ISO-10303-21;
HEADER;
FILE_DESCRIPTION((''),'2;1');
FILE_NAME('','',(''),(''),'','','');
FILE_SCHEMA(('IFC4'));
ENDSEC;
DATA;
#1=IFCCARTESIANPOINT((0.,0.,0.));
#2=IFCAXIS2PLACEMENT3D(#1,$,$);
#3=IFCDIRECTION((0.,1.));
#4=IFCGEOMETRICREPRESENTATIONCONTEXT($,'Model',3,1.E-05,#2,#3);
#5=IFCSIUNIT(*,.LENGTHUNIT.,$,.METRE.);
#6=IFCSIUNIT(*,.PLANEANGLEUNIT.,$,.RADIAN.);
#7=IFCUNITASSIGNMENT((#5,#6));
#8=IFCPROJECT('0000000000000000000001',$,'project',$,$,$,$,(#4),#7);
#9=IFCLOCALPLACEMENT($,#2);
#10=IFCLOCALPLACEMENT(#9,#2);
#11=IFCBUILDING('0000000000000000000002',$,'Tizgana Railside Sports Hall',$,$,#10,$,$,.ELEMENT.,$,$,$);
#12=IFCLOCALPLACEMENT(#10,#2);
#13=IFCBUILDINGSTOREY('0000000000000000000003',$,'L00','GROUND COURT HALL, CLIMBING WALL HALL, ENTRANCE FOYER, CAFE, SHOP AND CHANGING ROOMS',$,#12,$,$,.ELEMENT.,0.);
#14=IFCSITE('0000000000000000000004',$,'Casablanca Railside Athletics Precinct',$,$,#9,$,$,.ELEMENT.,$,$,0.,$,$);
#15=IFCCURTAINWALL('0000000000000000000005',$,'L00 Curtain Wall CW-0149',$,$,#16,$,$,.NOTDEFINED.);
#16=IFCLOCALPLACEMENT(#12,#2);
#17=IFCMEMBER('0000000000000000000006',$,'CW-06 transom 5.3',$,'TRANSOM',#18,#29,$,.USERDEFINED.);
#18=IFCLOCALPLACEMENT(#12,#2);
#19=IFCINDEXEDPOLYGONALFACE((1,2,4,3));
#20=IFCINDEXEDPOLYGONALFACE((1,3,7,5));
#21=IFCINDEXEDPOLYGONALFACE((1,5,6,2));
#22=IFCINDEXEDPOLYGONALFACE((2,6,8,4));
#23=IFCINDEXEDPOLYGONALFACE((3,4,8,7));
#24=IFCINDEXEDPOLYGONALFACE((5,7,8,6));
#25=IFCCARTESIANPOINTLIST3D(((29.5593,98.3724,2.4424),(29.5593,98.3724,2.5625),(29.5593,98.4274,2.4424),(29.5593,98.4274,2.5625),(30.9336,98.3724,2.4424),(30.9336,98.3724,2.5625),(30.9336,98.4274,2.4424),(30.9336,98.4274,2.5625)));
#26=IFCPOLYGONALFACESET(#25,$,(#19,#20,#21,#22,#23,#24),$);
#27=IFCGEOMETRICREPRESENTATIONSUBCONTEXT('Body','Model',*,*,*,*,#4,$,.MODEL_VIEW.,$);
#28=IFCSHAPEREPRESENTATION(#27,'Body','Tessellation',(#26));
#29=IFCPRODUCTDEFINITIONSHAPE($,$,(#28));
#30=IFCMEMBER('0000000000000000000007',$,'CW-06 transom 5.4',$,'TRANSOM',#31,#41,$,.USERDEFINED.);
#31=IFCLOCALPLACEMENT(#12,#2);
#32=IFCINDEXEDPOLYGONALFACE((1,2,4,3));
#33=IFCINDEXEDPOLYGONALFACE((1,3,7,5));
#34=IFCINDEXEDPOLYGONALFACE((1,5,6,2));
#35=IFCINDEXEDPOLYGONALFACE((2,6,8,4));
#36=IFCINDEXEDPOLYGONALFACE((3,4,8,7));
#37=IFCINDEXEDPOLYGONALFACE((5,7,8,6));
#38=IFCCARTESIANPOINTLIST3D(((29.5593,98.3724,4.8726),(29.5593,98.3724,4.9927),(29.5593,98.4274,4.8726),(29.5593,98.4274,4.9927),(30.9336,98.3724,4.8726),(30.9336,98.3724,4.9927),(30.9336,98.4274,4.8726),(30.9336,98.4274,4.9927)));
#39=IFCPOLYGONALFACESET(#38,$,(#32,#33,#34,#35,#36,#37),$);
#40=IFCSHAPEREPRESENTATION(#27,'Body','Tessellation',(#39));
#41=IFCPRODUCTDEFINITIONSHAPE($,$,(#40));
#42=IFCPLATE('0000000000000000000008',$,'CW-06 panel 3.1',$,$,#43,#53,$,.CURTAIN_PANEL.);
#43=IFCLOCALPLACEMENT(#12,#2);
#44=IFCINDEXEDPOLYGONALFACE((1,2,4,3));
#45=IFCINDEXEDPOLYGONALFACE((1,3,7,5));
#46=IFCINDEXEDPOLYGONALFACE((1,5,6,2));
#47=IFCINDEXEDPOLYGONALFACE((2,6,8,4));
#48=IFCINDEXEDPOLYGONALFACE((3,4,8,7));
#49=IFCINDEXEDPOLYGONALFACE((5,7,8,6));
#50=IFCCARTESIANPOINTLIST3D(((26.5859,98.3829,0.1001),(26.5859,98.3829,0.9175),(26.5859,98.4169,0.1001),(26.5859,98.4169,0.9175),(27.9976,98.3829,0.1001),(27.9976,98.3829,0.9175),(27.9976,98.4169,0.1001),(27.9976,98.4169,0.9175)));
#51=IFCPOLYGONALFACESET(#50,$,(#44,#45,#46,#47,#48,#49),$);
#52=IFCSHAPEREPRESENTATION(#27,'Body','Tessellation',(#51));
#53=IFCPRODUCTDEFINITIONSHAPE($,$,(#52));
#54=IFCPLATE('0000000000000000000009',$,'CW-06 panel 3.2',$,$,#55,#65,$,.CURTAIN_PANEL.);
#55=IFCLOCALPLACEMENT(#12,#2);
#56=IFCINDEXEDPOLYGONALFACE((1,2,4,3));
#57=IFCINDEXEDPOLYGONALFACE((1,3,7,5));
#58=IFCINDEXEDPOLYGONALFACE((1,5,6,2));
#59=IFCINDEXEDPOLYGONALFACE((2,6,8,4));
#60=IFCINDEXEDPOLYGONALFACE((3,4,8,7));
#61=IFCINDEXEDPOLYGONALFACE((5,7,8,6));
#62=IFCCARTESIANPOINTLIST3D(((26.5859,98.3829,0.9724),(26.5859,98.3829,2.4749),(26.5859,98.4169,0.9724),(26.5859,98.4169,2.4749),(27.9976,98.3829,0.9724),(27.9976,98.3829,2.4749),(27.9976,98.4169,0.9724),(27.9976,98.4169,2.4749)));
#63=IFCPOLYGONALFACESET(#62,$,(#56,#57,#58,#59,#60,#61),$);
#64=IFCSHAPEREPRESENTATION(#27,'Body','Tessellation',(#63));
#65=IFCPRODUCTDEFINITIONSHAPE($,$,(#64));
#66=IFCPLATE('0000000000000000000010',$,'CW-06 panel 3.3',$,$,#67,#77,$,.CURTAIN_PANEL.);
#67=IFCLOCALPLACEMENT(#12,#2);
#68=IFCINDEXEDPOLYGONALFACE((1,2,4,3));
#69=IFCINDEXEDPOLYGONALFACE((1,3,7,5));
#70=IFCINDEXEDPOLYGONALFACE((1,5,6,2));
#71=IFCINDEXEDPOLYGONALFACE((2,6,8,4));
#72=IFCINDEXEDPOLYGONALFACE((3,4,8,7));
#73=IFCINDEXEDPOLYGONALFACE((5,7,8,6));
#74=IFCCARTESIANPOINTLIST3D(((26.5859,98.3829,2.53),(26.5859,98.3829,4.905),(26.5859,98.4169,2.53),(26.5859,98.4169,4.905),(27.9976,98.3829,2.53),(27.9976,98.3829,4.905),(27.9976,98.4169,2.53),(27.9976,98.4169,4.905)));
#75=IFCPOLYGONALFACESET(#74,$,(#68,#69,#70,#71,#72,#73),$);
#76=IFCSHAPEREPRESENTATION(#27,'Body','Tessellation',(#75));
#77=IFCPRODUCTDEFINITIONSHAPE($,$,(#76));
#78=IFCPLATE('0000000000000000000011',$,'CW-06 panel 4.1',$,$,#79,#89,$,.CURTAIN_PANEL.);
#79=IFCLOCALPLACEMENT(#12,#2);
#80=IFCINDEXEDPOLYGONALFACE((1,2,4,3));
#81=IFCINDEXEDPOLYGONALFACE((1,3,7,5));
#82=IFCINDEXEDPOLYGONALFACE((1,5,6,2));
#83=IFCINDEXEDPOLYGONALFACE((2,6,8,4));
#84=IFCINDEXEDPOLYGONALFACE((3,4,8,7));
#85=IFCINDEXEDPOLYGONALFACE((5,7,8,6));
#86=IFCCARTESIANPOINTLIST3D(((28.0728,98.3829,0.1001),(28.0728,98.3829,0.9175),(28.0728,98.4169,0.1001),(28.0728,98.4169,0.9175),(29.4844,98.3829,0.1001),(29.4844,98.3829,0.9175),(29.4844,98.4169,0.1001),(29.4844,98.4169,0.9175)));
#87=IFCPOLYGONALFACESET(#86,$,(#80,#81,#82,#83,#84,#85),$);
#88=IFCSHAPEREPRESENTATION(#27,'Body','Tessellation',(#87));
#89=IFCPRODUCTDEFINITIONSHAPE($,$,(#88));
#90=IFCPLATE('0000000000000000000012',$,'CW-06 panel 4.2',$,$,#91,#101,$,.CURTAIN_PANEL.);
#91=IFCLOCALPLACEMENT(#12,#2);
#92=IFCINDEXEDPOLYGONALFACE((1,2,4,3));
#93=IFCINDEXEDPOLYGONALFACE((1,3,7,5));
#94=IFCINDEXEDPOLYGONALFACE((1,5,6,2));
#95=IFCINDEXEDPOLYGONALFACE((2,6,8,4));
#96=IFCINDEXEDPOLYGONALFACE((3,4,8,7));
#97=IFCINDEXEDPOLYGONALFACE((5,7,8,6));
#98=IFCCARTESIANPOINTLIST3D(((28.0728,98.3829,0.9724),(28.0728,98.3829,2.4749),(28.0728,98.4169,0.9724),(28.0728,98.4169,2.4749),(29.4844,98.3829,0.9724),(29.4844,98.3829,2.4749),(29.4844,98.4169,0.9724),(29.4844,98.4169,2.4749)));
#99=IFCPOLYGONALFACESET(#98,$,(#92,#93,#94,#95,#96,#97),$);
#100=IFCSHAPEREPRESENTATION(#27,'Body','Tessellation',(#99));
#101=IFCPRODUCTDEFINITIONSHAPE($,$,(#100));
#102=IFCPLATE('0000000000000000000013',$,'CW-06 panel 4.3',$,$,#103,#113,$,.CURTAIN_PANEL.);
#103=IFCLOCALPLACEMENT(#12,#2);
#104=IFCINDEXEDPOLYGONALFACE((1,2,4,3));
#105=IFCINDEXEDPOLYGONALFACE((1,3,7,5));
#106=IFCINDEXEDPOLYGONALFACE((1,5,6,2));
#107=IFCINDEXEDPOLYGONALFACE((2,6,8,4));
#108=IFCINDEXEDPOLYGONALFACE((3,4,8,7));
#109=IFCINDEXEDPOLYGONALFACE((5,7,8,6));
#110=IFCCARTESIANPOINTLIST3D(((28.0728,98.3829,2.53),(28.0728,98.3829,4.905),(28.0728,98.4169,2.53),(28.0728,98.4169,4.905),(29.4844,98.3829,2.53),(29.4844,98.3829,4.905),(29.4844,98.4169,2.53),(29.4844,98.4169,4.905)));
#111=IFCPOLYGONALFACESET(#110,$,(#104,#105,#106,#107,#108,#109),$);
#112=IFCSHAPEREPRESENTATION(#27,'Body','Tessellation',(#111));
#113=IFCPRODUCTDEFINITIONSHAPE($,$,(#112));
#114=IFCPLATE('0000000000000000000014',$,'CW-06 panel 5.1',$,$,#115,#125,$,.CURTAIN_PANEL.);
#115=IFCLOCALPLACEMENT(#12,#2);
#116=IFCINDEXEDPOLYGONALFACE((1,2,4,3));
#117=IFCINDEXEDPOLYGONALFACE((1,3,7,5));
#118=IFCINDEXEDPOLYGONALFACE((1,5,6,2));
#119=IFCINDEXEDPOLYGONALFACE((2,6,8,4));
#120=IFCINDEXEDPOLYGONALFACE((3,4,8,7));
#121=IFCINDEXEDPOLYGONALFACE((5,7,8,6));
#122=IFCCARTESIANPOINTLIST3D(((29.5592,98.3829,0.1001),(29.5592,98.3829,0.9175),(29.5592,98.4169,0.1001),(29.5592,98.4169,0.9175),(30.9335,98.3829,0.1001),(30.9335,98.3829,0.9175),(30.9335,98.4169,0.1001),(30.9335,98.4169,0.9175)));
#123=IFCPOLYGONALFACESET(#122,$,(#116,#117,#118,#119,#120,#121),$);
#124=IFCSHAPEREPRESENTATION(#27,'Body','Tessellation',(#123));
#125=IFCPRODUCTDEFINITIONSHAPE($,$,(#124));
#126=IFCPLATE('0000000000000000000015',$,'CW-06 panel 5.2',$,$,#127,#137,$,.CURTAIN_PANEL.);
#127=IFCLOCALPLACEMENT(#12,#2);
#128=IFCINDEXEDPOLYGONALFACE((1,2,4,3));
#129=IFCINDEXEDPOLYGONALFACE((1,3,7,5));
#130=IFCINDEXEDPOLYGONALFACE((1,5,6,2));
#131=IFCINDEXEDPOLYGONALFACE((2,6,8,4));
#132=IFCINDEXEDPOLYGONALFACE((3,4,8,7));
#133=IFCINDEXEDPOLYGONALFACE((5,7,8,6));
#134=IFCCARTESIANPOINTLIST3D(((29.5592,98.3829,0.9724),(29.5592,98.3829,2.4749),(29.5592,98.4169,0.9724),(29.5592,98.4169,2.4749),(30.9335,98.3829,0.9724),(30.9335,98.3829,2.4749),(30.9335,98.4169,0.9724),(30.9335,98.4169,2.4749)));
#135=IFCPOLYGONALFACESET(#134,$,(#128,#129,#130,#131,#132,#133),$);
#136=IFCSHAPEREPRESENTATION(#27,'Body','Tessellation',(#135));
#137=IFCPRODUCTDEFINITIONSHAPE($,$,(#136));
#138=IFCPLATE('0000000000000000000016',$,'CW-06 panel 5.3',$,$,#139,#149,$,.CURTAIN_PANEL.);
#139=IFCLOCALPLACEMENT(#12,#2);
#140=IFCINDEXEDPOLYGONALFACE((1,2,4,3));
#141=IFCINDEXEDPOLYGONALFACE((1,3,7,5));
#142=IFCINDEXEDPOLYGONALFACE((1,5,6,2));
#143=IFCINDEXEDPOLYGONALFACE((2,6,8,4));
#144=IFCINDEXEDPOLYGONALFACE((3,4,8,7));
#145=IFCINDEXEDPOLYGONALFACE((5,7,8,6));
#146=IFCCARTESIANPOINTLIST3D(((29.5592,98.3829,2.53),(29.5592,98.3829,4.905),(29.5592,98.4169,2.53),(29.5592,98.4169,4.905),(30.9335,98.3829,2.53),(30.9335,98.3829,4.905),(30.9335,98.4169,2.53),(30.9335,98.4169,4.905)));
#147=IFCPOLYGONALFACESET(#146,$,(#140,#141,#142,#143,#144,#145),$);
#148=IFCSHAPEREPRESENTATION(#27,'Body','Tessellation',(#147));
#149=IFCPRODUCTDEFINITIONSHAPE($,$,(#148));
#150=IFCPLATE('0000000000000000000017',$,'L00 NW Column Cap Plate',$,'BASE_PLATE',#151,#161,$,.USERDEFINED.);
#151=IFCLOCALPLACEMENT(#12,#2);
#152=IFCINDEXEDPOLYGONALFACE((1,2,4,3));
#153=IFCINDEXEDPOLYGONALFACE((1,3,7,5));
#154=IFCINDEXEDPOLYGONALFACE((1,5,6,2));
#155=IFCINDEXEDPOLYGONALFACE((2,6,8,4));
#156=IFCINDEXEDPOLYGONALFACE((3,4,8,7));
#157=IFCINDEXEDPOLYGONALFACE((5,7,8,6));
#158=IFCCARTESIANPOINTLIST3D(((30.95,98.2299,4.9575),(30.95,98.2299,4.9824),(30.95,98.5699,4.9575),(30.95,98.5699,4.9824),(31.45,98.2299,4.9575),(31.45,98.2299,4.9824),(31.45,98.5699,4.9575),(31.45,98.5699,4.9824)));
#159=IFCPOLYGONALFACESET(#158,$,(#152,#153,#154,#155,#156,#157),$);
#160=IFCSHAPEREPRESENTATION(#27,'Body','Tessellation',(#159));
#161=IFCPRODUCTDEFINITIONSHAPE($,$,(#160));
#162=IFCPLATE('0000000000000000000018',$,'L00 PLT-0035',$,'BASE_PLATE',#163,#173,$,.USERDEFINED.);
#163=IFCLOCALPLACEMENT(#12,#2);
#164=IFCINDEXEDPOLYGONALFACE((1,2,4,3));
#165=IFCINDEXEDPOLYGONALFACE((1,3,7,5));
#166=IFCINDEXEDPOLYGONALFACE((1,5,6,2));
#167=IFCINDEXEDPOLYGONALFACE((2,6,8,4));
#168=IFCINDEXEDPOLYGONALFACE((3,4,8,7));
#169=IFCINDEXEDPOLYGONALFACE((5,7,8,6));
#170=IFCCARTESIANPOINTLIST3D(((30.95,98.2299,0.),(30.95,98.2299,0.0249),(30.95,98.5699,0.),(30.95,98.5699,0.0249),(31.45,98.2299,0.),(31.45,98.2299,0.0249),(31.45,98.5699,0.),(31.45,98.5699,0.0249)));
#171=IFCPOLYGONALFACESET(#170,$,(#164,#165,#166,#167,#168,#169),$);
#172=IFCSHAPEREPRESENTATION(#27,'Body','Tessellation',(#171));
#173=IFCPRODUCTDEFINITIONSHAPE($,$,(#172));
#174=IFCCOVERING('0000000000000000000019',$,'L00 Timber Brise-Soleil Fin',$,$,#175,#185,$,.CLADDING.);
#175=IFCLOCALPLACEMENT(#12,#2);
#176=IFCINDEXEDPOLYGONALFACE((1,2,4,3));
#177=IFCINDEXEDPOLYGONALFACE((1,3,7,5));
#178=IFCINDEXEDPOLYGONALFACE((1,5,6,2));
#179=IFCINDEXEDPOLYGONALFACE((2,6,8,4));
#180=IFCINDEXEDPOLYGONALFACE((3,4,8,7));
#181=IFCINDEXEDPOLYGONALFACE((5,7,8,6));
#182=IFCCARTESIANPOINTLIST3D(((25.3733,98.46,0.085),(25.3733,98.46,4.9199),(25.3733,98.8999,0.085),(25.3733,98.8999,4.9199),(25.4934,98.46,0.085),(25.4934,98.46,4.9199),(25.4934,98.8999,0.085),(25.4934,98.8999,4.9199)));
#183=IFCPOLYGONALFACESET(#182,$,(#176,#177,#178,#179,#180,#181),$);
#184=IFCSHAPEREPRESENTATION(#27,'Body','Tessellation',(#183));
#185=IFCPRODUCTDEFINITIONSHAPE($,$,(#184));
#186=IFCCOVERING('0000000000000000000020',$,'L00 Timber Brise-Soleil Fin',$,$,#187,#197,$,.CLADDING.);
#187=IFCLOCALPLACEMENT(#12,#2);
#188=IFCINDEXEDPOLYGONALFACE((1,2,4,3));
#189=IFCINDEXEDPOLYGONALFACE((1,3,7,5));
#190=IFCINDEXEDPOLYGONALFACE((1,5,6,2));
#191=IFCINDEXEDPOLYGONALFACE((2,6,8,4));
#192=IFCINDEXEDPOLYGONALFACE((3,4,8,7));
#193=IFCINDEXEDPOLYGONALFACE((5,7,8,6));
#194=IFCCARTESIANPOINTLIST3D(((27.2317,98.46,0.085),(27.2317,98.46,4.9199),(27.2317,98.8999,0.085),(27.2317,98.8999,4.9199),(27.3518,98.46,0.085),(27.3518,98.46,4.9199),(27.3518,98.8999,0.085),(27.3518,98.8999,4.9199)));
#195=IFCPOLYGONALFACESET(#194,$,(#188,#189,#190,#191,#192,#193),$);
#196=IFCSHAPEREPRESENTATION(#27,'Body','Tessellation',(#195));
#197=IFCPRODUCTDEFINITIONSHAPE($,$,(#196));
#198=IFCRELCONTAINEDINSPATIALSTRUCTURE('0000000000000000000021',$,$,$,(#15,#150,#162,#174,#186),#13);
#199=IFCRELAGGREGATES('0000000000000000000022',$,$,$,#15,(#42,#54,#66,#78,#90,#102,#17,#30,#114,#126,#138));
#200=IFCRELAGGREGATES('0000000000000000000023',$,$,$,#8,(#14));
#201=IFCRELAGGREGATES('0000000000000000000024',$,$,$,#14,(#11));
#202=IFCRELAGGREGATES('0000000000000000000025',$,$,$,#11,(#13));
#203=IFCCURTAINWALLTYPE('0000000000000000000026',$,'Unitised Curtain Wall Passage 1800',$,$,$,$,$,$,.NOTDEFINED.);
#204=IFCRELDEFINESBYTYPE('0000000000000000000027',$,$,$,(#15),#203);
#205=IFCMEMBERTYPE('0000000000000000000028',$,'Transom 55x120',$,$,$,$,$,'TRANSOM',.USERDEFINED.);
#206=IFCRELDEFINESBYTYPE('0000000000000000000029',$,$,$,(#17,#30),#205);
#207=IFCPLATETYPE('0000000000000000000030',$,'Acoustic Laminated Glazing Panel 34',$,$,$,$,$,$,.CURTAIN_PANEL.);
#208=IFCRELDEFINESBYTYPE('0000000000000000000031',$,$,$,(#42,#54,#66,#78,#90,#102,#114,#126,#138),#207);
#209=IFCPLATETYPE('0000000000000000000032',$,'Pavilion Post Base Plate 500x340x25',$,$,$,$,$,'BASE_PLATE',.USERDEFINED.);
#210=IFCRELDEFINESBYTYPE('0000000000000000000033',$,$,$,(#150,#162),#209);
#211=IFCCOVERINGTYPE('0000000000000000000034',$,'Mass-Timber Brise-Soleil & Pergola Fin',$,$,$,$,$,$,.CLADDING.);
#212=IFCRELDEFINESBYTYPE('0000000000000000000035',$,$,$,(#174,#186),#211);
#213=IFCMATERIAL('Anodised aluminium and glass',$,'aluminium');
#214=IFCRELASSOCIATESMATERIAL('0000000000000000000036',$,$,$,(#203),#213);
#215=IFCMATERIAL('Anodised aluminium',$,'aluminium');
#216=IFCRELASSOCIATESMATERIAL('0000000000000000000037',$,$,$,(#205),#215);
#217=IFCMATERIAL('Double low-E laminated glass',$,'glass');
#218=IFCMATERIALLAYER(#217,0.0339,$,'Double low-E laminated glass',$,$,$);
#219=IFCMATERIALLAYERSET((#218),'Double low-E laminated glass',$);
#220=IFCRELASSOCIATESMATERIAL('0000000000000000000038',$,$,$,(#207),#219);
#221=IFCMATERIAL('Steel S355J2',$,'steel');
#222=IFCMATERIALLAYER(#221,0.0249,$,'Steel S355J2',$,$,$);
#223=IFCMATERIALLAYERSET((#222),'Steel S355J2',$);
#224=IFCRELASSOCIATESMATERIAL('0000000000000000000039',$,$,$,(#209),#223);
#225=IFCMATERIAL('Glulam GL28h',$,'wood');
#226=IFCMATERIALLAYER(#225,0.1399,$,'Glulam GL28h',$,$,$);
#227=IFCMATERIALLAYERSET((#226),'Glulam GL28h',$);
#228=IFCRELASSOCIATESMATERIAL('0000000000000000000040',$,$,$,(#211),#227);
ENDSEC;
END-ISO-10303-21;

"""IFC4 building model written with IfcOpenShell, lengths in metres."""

from ifc_helpers import new_model, si_unit, direction, frame, origin, origin_2d, place, context, subcontext, project, spatial, rectangle, extrude, material, layer, layer_set, material_profile, profile_set, type_object, element, aggregate, save


model = new_model("IFC4")

# Units and contexts
model_context = context("Model", 3, precision=1e-05, world=origin(), true_north=direction((0.0, 1.0)))
body_context = subcontext(model_context, "Body", "Model", "MODEL_VIEW")
ifc_project = project(units=[si_unit("LENGTHUNIT", "METRE"), si_unit("PLANEANGLEUNIT", "RADIAN")], contexts=[model_context])

# Site, building, storey
site_placement = place(None, origin())
site = spatial("IfcSite", under=ifc_project, at=site_placement, Name="Casablanca Railside Athletics Precinct", CompositionType="ELEMENT", RefElevation=0.0)
building_placement = place(site_placement, origin())
building = spatial("IfcBuilding", under=site, at=building_placement, Name="Tizgana Railside Sports Hall", CompositionType="ELEMENT")
storey_placement = place(building_placement, origin())
storey = spatial("IfcBuildingStorey", under=building, at=storey_placement, Name="L00", Description="GROUND COURT HALL, CLIMBING WALL HALL, ENTRANCE FOYER, CAFE, SHOP AND CHANGING ROOMS", CompositionType="ELEMENT", Elevation=0.0)

# Shared definitions
ifc_material_1 = material(Name="Steel S355J2", Category="steel")

# Curtain wall, members, plates
ifc_material_2 = material(Name="Anodised aluminium and glass", Category="aluminium")
curtain_wall_type = type_object("IfcCurtainWallType", Name="Unitised Curtain Wall Passage 1800", PredefinedType="NOTDEFINED", material=ifc_material_2)
curtain_wall_placement = place(storey_placement, origin())
curtain_wall = element("IfcCurtainWall", 1, at=curtain_wall_placement, inside=storey, type_object=curtain_wall_type, Name="L00 Curtain Wall CW-0149", PredefinedType="NOTDEFINED")
ifc_material_3 = material(Name="Anodised aluminium", Category="aluminium")
ifc_material_profile_1 = material_profile(ifc_material_3, rectangle(XDim=0.0549, YDim=0.1201, at=origin_2d()), Name="Transom 55x120")
ifc_profile_set_1 = profile_set([ifc_material_profile_1], Name="Anodised aluminium")
member_type_1 = type_object("IfcMemberType", Name="Transom 55x120", ElementType="TRANSOM", PredefinedType="USERDEFINED", material=ifc_profile_set_1)
member_1_placement = place(storey_placement, frame((29.5593, 98.3999, 2.5024), z_axis=(1.0, 0.0, 0.0), x_axis=(0.0, 1.0, 0.0)))
member_1 = element("IfcMember", 2, at=member_1_placement, type_object=member_type_1, Name="CW-06 transom 5.3", ObjectType="TRANSOM", PredefinedType="USERDEFINED", context=body_context, shape_type="SweptSolid", body=[
    extrude(rectangle(XDim=0.0549, YDim=0.1201, at=origin_2d()), origin(), (0.0, 0.0, 1.0), 1.3743),
])
member_2_placement = place(storey_placement, frame((29.5593, 98.3999, 4.9326), z_axis=(1.0, 0.0, 0.0), x_axis=(0.0, 1.0, 0.0)))
member_2 = element("IfcMember", 3, at=member_2_placement, type_object=member_type_1, Name="CW-06 transom 5.4", ObjectType="TRANSOM", PredefinedType="USERDEFINED", context=body_context, shape_type="SweptSolid", body=[
    extrude(rectangle(XDim=0.0549, YDim=0.1201, at=origin_2d()), origin(), (0.0, 0.0, 1.0), 1.3743),
])
ifc_material_4 = material(Name="Double low-E laminated glass", Category="glass")
ifc_layer_1 = layer(ifc_material_4, 0.0339, Name="Double low-E laminated glass")
ifc_layer_set_1 = layer_set([ifc_layer_1], Name="Double low-E laminated glass")
plate_type_1 = type_object("IfcPlateType", Name="Acoustic Laminated Glazing Panel 34", PredefinedType="CURTAIN_PANEL", material=ifc_layer_set_1)
plate_1_placement = place(storey_placement, frame((27.2917, 98.3999, 0.1001), z_axis=(0.0, 0.0, 1.0), x_axis=(1.0, 0.0, 0.0)))
plate_1 = element("IfcPlate", 4, at=plate_1_placement, type_object=plate_type_1, Name="CW-06 panel 3.1", PredefinedType="CURTAIN_PANEL", context=body_context, shape_type="SweptSolid", body=[
    extrude(rectangle(XDim=1.4116, YDim=0.0339, at=origin_2d()), origin(), (0.0, 0.0, 1.0), 0.8174),
])
plate_2_placement = place(storey_placement, frame((27.2917, 98.3999, 0.9724), z_axis=(0.0, 0.0, 1.0), x_axis=(1.0, 0.0, 0.0)))
plate_2 = element("IfcPlate", 5, at=plate_2_placement, type_object=plate_type_1, Name="CW-06 panel 3.2", PredefinedType="CURTAIN_PANEL", context=body_context, shape_type="SweptSolid", body=[
    extrude(rectangle(XDim=1.4116, YDim=0.0339, at=origin_2d()), origin(), (0.0, 0.0, 1.0), 1.5024),
])
plate_3_placement = place(storey_placement, frame((27.2917, 98.3999, 2.53), z_axis=(0.0, 0.0, 1.0), x_axis=(1.0, 0.0, 0.0)))
plate_3 = element("IfcPlate", 6, at=plate_3_placement, type_object=plate_type_1, Name="CW-06 panel 3.3", PredefinedType="CURTAIN_PANEL", context=body_context, shape_type="SweptSolid", body=[
    extrude(rectangle(XDim=1.4116, YDim=0.0339, at=origin_2d()), origin(), (0.0, 0.0, 1.0), 2.375),
])
plate_4_placement = place(storey_placement, frame((28.7786, 98.3999, 0.1001), z_axis=(0.0, 0.0, 1.0), x_axis=(1.0, 0.0, 0.0)))
plate_4 = element("IfcPlate", 7, at=plate_4_placement, type_object=plate_type_1, Name="CW-06 panel 4.1", PredefinedType="CURTAIN_PANEL", context=body_context, shape_type="SweptSolid", body=[
    extrude(rectangle(XDim=1.4116, YDim=0.0339, at=origin_2d()), origin(), (0.0, 0.0, 1.0), 0.8174),
])
plate_5_placement = place(storey_placement, frame((28.7786, 98.3999, 0.9724), z_axis=(0.0, 0.0, 1.0), x_axis=(1.0, 0.0, 0.0)))
plate_5 = element("IfcPlate", 8, at=plate_5_placement, type_object=plate_type_1, Name="CW-06 panel 4.2", PredefinedType="CURTAIN_PANEL", context=body_context, shape_type="SweptSolid", body=[
    extrude(rectangle(XDim=1.4116, YDim=0.0339, at=origin_2d()), origin(), (0.0, 0.0, 1.0), 1.5024),
])
plate_6_placement = place(storey_placement, frame((28.7786, 98.3999, 2.53), z_axis=(0.0, 0.0, 1.0), x_axis=(1.0, 0.0, 0.0)))
plate_6 = element("IfcPlate", 9, at=plate_6_placement, type_object=plate_type_1, Name="CW-06 panel 4.3", PredefinedType="CURTAIN_PANEL", context=body_context, shape_type="SweptSolid", body=[
    extrude(rectangle(XDim=1.4116, YDim=0.0339, at=origin_2d()), origin(), (0.0, 0.0, 1.0), 2.375),
])
plate_7_placement = place(storey_placement, frame((30.2463, 98.3999, 0.1001), z_axis=(0.0, 0.0, 1.0), x_axis=(1.0, 0.0, 0.0)))
plate_7 = element("IfcPlate", 10, at=plate_7_placement, type_object=plate_type_1, Name="CW-06 panel 5.1", PredefinedType="CURTAIN_PANEL", context=body_context, shape_type="SweptSolid", body=[
    extrude(rectangle(XDim=1.3743, YDim=0.0339, at=origin_2d()), origin(), (0.0, 0.0, 1.0), 0.8174),
])
plate_8_placement = place(storey_placement, frame((30.2463, 98.3999, 0.9724), z_axis=(0.0, 0.0, 1.0), x_axis=(1.0, 0.0, 0.0)))
plate_8 = element("IfcPlate", 11, at=plate_8_placement, type_object=plate_type_1, Name="CW-06 panel 5.2", PredefinedType="CURTAIN_PANEL", context=body_context, shape_type="SweptSolid", body=[
    extrude(rectangle(XDim=1.3743, YDim=0.0339, at=origin_2d()), origin(), (0.0, 0.0, 1.0), 1.5024),
])
plate_9_placement = place(storey_placement, frame((30.2463, 98.3999, 2.53), z_axis=(0.0, 0.0, 1.0), x_axis=(1.0, 0.0, 0.0)))
plate_9 = element("IfcPlate", 12, at=plate_9_placement, type_object=plate_type_1, Name="CW-06 panel 5.3", PredefinedType="CURTAIN_PANEL", context=body_context, shape_type="SweptSolid", body=[
    extrude(rectangle(XDim=1.3743, YDim=0.0339, at=origin_2d()), origin(), (0.0, 0.0, 1.0), 2.375),
])
aggregate(curtain_wall, [plate_1, plate_2, plate_3, plate_4, plate_5, plate_6, member_1, member_2, plate_7, plate_8, plate_9])

# Plates
ifc_layer_2 = layer(ifc_material_1, 0.0249, Name="Steel S355J2")
ifc_layer_set_2 = layer_set([ifc_layer_2], Name="Steel S355J2")
plate_type_2 = type_object("IfcPlateType", Name="Pavilion Post Base Plate 500x340x25", ElementType="BASE_PLATE", PredefinedType="USERDEFINED", material=ifc_layer_set_2)
for number, where, z_axis, x_axis, name in (
    (13, (31.2, 98.3999, 4.9575), (0.0, 0.0, 1.0), (1.0, 0.0, 0.0), "L00 NW Column Cap Plate"),
    (14, (31.2, 98.3999, 0.0), (0.0, 0.0, 1.0), (1.0, 0.0, 0.0), "L00 PLT-0035"),
):
    element("IfcPlate", number, at=place(storey_placement, frame(where, z_axis=z_axis, x_axis=x_axis)), inside=storey, type_object=plate_type_2, Name=name, ObjectType="BASE_PLATE", PredefinedType="USERDEFINED", context=body_context, shape_type="SweptSolid", body=[
        extrude(rectangle(XDim=0.5, YDim=0.3401, at=origin_2d()), origin(), (0.0, 0.0, 1.0), 0.0249),
    ])

# Coverings
ifc_material_5 = material(Name="Glulam GL28h", Category="wood")
ifc_layer_3 = layer(ifc_material_5, 0.1399, Name="Glulam GL28h")
ifc_layer_set_3 = layer_set([ifc_layer_3], Name="Glulam GL28h")
covering_type = type_object("IfcCoveringType", Name="Mass-Timber Brise-Soleil & Pergola Fin", PredefinedType="CLADDING", material=ifc_layer_set_3)
for number, where, z_axis, x_axis, name in (
    (15, (25.4333, 98.6799, 0.085), (0.0, 0.0, 1.0), (1.0, 0.0, 0.0), "L00 Timber Brise-Soleil Fin"),
    (16, (27.2917, 98.6799, 0.085), (0.0, 0.0, 1.0), (1.0, 0.0, 0.0), "L00 Timber Brise-Soleil Fin"),
):
    element("IfcCovering", number, at=place(storey_placement, frame(where, z_axis=z_axis, x_axis=x_axis)), inside=storey, type_object=covering_type, Name=name, PredefinedType="CLADDING", context=body_context, shape_type="SweptSolid", body=[
        extrude(rectangle(XDim=0.1201, YDim=0.4399, at=origin_2d()), origin(), (0.0, 0.0, 1.0), 4.835),
    ])

save(model, "model.ifc")
